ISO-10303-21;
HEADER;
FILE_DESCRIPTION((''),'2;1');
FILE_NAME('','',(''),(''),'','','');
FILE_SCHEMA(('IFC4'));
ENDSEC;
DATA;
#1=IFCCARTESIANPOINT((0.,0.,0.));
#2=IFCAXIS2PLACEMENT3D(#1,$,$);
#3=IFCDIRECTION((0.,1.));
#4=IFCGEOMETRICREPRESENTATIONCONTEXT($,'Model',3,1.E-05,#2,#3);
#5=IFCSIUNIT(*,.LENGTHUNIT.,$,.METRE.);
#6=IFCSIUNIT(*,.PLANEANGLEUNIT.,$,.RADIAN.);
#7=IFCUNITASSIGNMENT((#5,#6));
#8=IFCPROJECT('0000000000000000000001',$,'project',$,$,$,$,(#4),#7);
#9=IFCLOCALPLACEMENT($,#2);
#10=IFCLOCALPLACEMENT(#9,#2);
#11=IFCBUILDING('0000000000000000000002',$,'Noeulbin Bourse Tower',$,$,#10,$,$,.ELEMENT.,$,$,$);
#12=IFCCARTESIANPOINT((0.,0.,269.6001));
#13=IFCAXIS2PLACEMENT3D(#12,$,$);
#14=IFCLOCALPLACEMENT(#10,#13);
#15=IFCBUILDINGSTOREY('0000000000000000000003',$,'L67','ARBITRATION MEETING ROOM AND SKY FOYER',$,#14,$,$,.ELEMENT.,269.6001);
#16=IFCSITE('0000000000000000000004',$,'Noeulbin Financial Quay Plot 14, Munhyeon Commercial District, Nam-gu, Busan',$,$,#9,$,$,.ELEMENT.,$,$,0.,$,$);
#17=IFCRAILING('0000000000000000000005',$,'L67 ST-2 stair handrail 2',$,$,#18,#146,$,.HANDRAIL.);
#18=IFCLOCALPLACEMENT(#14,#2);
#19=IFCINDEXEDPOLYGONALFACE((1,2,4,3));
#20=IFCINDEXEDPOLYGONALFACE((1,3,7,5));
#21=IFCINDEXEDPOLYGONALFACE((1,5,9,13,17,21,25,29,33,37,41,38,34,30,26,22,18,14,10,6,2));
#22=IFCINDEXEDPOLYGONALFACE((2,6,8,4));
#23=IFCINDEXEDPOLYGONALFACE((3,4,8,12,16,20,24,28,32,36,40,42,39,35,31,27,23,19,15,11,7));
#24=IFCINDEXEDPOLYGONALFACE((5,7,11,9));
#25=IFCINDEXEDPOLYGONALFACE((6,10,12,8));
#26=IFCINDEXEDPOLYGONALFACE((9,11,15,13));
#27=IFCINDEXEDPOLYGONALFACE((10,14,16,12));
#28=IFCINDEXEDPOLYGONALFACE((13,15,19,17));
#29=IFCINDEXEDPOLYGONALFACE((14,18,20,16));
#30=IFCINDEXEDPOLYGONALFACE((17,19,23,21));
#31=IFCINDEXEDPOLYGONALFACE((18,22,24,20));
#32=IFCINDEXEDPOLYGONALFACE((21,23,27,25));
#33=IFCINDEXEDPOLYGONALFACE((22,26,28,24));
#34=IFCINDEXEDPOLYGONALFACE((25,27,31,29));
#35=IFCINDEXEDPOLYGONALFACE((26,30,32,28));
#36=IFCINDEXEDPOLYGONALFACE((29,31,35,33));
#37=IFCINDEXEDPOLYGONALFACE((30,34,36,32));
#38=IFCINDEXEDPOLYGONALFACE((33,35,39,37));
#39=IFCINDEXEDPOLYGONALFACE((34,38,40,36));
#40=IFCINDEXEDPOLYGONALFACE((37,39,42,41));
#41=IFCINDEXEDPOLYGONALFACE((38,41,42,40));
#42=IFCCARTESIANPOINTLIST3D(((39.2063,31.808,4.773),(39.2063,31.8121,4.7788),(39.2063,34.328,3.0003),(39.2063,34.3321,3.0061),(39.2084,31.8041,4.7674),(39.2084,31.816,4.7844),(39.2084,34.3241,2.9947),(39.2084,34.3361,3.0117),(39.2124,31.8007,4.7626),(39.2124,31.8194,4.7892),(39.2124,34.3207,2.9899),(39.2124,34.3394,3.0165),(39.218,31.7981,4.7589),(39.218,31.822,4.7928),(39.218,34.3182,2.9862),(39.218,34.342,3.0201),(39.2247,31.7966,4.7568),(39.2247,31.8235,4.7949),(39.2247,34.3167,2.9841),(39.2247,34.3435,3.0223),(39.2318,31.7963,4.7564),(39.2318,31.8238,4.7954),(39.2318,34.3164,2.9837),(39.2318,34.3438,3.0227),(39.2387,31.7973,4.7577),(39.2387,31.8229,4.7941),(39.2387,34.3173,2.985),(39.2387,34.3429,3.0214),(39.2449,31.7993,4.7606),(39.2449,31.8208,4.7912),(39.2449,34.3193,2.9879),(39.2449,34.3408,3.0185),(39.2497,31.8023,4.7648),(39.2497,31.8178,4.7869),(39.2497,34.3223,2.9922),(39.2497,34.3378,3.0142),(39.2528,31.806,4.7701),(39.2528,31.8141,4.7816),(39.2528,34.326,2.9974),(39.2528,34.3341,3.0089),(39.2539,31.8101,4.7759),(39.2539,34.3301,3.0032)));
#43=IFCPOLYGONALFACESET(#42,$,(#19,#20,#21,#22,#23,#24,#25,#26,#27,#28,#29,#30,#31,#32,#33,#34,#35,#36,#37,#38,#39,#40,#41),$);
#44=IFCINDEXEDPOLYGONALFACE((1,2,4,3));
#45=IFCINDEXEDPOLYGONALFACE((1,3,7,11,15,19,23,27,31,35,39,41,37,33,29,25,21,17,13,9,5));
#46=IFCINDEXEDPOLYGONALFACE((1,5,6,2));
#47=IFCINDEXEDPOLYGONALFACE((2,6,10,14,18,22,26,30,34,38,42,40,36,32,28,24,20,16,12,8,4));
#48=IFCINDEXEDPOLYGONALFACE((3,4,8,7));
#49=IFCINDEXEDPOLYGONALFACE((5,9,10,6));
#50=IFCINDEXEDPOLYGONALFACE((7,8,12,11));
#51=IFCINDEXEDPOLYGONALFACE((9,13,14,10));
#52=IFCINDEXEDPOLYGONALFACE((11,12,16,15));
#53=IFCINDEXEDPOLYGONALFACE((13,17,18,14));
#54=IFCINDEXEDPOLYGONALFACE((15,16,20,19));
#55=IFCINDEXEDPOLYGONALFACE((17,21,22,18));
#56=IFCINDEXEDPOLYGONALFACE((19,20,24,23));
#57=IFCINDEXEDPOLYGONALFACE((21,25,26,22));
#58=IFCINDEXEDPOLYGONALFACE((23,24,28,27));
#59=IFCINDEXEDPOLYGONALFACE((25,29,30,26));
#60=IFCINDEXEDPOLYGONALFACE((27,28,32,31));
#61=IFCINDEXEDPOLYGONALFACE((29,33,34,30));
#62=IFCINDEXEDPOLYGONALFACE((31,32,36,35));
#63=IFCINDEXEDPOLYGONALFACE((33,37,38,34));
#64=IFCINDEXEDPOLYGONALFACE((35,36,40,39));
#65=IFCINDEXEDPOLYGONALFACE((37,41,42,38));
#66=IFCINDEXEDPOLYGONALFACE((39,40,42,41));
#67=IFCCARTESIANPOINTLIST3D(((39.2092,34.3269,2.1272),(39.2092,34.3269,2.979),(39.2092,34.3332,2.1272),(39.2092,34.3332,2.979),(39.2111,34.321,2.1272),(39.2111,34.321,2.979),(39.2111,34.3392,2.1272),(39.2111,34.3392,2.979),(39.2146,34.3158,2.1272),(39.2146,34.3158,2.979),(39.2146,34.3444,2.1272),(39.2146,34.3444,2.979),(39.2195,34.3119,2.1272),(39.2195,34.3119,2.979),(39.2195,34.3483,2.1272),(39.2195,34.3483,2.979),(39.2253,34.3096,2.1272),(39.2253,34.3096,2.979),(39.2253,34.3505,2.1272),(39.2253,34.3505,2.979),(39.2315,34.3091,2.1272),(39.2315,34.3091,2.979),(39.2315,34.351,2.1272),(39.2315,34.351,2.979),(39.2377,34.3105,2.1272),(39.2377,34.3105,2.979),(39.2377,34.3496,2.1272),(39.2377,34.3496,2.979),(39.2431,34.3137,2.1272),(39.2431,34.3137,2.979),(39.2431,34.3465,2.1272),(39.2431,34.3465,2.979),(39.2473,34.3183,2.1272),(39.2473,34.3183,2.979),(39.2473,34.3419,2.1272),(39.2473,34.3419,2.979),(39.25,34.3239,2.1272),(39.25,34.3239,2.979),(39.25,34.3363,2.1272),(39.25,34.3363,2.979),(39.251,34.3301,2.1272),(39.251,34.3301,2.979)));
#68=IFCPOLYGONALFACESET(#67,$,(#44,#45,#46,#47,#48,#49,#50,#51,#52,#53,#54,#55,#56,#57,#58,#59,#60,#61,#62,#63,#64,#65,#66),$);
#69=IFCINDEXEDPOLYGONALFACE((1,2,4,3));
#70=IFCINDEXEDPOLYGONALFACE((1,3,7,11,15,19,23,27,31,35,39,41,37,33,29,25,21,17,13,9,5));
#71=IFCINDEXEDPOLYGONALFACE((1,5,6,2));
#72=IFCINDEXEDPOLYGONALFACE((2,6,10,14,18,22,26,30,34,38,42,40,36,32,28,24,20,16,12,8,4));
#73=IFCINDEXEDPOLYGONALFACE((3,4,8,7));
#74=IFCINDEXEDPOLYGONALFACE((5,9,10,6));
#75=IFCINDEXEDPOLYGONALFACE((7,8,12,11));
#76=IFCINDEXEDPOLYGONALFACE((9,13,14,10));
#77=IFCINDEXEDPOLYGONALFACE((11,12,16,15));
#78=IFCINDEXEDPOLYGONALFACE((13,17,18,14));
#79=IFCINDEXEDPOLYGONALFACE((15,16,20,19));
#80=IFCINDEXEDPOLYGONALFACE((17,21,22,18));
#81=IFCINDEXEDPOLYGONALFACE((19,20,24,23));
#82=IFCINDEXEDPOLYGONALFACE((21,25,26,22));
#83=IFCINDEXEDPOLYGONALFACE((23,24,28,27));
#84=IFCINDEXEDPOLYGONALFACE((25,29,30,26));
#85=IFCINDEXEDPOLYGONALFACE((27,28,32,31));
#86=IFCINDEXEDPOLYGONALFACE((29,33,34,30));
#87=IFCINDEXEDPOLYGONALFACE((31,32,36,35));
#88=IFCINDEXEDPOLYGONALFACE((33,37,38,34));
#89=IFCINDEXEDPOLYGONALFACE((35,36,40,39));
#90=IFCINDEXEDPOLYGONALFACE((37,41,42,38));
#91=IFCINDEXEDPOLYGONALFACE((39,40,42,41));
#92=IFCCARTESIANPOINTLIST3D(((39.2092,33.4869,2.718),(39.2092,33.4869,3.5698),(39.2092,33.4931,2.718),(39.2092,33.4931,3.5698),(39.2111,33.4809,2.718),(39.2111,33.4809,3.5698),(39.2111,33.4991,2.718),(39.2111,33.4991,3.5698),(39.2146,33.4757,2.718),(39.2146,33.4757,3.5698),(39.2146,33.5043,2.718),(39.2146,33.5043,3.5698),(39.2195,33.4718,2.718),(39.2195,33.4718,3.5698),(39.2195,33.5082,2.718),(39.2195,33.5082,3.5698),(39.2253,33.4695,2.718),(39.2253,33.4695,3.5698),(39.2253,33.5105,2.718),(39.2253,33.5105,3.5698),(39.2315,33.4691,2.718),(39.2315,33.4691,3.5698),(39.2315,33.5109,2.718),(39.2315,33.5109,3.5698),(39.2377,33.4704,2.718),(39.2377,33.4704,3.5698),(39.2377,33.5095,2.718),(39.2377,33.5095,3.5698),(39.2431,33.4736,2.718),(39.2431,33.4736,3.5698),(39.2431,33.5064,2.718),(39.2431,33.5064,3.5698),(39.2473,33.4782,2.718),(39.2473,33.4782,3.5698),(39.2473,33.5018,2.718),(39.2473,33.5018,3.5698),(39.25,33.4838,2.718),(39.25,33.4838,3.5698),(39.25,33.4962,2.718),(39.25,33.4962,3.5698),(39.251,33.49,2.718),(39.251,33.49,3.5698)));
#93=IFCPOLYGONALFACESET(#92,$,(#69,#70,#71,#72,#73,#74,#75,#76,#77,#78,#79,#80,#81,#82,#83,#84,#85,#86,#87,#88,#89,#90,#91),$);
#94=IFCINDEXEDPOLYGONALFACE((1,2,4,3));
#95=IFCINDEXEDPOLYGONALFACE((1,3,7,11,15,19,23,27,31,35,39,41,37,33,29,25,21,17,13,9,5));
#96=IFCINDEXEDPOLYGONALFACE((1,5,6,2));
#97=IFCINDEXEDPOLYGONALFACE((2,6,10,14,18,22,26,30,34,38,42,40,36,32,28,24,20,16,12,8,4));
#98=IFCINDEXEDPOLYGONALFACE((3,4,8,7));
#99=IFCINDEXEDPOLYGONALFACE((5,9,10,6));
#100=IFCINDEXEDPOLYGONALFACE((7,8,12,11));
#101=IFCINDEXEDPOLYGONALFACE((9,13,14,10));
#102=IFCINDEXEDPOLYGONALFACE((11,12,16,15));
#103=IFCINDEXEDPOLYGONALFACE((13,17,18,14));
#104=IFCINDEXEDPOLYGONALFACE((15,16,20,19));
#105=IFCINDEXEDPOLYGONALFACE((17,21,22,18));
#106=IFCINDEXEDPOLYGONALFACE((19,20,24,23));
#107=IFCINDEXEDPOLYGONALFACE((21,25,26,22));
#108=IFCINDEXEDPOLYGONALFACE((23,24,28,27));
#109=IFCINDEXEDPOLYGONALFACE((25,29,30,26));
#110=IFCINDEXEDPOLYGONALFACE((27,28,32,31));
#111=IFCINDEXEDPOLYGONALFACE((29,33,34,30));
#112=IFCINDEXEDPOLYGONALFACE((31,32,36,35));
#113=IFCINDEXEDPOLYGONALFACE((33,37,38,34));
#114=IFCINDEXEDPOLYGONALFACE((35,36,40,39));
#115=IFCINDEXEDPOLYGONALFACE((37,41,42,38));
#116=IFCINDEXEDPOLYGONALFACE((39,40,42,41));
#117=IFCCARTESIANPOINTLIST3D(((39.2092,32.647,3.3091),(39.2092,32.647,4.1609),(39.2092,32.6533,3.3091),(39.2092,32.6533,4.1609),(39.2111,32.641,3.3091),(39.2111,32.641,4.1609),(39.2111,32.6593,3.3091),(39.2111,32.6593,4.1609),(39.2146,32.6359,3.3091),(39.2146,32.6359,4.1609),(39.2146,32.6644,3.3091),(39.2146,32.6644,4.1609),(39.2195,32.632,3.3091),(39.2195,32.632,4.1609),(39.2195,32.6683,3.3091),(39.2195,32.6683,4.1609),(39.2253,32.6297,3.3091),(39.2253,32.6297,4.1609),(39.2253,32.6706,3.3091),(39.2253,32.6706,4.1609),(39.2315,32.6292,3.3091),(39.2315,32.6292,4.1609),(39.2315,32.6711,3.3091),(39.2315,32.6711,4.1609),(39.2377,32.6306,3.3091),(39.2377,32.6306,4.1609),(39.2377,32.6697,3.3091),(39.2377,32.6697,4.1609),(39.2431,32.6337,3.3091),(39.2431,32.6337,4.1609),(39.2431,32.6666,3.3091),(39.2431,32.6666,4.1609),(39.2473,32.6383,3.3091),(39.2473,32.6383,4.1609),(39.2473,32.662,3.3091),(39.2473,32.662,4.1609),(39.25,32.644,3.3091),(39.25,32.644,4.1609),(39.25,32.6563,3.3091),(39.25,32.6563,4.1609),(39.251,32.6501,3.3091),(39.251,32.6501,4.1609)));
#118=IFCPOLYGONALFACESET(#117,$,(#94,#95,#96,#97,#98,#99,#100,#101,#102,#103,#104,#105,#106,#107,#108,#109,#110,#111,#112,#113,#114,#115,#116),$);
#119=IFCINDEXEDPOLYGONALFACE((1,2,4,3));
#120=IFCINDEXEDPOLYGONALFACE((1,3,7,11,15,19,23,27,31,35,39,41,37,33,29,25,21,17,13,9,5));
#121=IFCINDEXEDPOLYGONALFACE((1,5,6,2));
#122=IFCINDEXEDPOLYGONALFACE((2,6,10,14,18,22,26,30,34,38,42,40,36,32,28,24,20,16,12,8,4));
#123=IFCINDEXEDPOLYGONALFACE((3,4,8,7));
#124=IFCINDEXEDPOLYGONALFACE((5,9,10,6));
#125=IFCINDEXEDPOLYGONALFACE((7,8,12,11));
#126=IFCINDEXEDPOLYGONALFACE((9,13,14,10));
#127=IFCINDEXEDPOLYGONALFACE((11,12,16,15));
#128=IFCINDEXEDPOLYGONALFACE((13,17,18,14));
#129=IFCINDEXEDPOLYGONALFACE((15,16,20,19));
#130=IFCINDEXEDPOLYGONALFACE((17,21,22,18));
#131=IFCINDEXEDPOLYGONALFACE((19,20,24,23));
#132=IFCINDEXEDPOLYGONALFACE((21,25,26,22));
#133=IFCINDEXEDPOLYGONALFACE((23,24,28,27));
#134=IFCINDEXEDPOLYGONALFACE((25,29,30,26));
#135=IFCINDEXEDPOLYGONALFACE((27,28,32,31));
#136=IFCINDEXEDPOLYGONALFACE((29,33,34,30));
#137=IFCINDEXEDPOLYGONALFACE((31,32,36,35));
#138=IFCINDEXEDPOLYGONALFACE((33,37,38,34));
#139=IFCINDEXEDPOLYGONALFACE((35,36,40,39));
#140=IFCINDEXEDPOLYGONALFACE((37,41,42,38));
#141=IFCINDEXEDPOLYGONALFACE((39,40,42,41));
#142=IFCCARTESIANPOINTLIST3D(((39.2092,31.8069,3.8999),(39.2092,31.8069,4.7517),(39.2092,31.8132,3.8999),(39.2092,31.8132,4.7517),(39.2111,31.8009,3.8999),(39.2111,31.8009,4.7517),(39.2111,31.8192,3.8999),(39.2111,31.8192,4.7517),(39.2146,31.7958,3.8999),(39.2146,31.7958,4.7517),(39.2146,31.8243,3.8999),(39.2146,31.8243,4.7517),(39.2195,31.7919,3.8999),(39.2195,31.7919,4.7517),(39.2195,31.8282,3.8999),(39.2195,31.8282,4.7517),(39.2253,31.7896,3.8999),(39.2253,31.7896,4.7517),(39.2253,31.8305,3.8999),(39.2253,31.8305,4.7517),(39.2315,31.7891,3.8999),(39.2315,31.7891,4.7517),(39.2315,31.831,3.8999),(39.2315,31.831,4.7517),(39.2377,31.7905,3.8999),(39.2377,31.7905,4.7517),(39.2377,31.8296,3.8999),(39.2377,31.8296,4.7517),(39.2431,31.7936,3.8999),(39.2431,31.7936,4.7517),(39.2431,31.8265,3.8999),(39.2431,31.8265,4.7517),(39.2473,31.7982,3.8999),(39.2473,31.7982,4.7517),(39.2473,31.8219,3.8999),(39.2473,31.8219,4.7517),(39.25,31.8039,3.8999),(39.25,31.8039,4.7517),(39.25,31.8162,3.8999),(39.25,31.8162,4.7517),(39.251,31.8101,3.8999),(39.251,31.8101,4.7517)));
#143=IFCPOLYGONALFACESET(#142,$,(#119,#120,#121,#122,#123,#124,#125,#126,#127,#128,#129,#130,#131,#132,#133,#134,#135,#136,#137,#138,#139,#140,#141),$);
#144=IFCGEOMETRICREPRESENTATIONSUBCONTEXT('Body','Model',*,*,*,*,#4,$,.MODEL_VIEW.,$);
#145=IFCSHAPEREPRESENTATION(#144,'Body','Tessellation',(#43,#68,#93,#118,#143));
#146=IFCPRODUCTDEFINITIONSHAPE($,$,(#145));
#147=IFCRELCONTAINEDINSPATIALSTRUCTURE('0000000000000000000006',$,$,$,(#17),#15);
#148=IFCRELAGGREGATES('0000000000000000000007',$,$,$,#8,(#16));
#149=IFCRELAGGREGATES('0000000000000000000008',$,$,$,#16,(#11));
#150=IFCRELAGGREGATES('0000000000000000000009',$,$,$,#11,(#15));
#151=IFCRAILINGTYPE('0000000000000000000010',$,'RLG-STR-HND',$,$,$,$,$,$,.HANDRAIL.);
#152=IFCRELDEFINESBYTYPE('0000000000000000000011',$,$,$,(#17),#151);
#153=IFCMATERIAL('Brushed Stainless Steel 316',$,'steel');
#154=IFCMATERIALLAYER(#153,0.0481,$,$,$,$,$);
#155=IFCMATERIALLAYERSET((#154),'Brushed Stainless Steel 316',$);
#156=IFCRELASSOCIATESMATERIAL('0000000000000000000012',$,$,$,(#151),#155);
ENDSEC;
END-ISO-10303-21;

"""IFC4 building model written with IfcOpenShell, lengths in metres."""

from ifc_helpers import new_model, si_unit, direction, frame, origin, origin_2d, place, context, subcontext, project, spatial, circle, extrude, material, layer, layer_set, type_object, element, save


model = new_model("IFC4")

# Units and contexts
model_context = context("Model", 3, precision=1e-05, world=origin(), true_north=direction((0.0, 1.0)))
body_context = subcontext(model_context, "Body", "Model", "MODEL_VIEW")
ifc_project = project(units=[si_unit("LENGTHUNIT", "METRE"), si_unit("PLANEANGLEUNIT", "RADIAN")], contexts=[model_context])

# Site, building, storey
site_placement = place(None, origin())
site = spatial("IfcSite", under=ifc_project, at=site_placement, Name="Noeulbin Financial Quay Plot 14, Munhyeon Commercial District, Nam-gu, Busan", CompositionType="ELEMENT", RefElevation=0.0)
building_placement = place(site_placement, origin())
building = spatial("IfcBuilding", under=site, at=building_placement, Name="Noeulbin Bourse Tower", CompositionType="ELEMENT")
storey_placement = place(building_placement, frame((0.0, 0.0, 269.6001)))
storey = spatial("IfcBuildingStorey", under=building, at=storey_placement, Name="L67", Description="ARBITRATION MEETING ROOM AND SKY FOYER", CompositionType="ELEMENT", Elevation=269.6001)

# Railing
ifc_material_1 = material(Name="Brushed Stainless Steel 316", Category="steel")
ifc_layer_1 = layer(ifc_material_1, 0.0481)
ifc_layer_set_1 = layer_set([ifc_layer_1], Name="Brushed Stainless Steel 316")
railing_type_1 = type_object("IfcRailingType", Name="RLG-STR-HND", PredefinedType="HANDRAIL", material=ifc_layer_set_1)
railing_1_placement = place(storey_placement, frame((39.23, 34.3301, 2.1272)))
element("IfcRailing", 1, at=railing_1_placement, inside=storey, type_object=railing_type_1, Name="L67 ST-2 stair handrail 2", PredefinedType="HANDRAIL", context=body_context, shape_type="SweptSolid", body=[
    extrude(circle(Radius=0.0239, at=origin_2d()), frame((0.0, 0.0, 0.876), z_axis=(0.0, -0.817904, 0.575354), x_axis=(1.0, 0.0, 0.0)), (0.0, 0.0, 1.0), 3.0811),
    extrude(circle(Radius=0.021, at=origin_2d()), origin(), (0.0, 0.0, 1.0), 0.8518),
    extrude(circle(Radius=0.021, at=origin_2d()), frame((0.0, -0.8401, 0.5908)), (0.0, 0.0, 1.0), 0.8518),
    extrude(circle(Radius=0.021, at=origin_2d()), frame((0.0, -1.6799, 1.1819)), (0.0, 0.0, 1.0), 0.8518),
    extrude(circle(Radius=0.021, at=origin_2d()), frame((0.0, -2.52, 1.7727)), (0.0, 0.0, 1.0), 0.8518),
])

save(model, "model.ifc")
